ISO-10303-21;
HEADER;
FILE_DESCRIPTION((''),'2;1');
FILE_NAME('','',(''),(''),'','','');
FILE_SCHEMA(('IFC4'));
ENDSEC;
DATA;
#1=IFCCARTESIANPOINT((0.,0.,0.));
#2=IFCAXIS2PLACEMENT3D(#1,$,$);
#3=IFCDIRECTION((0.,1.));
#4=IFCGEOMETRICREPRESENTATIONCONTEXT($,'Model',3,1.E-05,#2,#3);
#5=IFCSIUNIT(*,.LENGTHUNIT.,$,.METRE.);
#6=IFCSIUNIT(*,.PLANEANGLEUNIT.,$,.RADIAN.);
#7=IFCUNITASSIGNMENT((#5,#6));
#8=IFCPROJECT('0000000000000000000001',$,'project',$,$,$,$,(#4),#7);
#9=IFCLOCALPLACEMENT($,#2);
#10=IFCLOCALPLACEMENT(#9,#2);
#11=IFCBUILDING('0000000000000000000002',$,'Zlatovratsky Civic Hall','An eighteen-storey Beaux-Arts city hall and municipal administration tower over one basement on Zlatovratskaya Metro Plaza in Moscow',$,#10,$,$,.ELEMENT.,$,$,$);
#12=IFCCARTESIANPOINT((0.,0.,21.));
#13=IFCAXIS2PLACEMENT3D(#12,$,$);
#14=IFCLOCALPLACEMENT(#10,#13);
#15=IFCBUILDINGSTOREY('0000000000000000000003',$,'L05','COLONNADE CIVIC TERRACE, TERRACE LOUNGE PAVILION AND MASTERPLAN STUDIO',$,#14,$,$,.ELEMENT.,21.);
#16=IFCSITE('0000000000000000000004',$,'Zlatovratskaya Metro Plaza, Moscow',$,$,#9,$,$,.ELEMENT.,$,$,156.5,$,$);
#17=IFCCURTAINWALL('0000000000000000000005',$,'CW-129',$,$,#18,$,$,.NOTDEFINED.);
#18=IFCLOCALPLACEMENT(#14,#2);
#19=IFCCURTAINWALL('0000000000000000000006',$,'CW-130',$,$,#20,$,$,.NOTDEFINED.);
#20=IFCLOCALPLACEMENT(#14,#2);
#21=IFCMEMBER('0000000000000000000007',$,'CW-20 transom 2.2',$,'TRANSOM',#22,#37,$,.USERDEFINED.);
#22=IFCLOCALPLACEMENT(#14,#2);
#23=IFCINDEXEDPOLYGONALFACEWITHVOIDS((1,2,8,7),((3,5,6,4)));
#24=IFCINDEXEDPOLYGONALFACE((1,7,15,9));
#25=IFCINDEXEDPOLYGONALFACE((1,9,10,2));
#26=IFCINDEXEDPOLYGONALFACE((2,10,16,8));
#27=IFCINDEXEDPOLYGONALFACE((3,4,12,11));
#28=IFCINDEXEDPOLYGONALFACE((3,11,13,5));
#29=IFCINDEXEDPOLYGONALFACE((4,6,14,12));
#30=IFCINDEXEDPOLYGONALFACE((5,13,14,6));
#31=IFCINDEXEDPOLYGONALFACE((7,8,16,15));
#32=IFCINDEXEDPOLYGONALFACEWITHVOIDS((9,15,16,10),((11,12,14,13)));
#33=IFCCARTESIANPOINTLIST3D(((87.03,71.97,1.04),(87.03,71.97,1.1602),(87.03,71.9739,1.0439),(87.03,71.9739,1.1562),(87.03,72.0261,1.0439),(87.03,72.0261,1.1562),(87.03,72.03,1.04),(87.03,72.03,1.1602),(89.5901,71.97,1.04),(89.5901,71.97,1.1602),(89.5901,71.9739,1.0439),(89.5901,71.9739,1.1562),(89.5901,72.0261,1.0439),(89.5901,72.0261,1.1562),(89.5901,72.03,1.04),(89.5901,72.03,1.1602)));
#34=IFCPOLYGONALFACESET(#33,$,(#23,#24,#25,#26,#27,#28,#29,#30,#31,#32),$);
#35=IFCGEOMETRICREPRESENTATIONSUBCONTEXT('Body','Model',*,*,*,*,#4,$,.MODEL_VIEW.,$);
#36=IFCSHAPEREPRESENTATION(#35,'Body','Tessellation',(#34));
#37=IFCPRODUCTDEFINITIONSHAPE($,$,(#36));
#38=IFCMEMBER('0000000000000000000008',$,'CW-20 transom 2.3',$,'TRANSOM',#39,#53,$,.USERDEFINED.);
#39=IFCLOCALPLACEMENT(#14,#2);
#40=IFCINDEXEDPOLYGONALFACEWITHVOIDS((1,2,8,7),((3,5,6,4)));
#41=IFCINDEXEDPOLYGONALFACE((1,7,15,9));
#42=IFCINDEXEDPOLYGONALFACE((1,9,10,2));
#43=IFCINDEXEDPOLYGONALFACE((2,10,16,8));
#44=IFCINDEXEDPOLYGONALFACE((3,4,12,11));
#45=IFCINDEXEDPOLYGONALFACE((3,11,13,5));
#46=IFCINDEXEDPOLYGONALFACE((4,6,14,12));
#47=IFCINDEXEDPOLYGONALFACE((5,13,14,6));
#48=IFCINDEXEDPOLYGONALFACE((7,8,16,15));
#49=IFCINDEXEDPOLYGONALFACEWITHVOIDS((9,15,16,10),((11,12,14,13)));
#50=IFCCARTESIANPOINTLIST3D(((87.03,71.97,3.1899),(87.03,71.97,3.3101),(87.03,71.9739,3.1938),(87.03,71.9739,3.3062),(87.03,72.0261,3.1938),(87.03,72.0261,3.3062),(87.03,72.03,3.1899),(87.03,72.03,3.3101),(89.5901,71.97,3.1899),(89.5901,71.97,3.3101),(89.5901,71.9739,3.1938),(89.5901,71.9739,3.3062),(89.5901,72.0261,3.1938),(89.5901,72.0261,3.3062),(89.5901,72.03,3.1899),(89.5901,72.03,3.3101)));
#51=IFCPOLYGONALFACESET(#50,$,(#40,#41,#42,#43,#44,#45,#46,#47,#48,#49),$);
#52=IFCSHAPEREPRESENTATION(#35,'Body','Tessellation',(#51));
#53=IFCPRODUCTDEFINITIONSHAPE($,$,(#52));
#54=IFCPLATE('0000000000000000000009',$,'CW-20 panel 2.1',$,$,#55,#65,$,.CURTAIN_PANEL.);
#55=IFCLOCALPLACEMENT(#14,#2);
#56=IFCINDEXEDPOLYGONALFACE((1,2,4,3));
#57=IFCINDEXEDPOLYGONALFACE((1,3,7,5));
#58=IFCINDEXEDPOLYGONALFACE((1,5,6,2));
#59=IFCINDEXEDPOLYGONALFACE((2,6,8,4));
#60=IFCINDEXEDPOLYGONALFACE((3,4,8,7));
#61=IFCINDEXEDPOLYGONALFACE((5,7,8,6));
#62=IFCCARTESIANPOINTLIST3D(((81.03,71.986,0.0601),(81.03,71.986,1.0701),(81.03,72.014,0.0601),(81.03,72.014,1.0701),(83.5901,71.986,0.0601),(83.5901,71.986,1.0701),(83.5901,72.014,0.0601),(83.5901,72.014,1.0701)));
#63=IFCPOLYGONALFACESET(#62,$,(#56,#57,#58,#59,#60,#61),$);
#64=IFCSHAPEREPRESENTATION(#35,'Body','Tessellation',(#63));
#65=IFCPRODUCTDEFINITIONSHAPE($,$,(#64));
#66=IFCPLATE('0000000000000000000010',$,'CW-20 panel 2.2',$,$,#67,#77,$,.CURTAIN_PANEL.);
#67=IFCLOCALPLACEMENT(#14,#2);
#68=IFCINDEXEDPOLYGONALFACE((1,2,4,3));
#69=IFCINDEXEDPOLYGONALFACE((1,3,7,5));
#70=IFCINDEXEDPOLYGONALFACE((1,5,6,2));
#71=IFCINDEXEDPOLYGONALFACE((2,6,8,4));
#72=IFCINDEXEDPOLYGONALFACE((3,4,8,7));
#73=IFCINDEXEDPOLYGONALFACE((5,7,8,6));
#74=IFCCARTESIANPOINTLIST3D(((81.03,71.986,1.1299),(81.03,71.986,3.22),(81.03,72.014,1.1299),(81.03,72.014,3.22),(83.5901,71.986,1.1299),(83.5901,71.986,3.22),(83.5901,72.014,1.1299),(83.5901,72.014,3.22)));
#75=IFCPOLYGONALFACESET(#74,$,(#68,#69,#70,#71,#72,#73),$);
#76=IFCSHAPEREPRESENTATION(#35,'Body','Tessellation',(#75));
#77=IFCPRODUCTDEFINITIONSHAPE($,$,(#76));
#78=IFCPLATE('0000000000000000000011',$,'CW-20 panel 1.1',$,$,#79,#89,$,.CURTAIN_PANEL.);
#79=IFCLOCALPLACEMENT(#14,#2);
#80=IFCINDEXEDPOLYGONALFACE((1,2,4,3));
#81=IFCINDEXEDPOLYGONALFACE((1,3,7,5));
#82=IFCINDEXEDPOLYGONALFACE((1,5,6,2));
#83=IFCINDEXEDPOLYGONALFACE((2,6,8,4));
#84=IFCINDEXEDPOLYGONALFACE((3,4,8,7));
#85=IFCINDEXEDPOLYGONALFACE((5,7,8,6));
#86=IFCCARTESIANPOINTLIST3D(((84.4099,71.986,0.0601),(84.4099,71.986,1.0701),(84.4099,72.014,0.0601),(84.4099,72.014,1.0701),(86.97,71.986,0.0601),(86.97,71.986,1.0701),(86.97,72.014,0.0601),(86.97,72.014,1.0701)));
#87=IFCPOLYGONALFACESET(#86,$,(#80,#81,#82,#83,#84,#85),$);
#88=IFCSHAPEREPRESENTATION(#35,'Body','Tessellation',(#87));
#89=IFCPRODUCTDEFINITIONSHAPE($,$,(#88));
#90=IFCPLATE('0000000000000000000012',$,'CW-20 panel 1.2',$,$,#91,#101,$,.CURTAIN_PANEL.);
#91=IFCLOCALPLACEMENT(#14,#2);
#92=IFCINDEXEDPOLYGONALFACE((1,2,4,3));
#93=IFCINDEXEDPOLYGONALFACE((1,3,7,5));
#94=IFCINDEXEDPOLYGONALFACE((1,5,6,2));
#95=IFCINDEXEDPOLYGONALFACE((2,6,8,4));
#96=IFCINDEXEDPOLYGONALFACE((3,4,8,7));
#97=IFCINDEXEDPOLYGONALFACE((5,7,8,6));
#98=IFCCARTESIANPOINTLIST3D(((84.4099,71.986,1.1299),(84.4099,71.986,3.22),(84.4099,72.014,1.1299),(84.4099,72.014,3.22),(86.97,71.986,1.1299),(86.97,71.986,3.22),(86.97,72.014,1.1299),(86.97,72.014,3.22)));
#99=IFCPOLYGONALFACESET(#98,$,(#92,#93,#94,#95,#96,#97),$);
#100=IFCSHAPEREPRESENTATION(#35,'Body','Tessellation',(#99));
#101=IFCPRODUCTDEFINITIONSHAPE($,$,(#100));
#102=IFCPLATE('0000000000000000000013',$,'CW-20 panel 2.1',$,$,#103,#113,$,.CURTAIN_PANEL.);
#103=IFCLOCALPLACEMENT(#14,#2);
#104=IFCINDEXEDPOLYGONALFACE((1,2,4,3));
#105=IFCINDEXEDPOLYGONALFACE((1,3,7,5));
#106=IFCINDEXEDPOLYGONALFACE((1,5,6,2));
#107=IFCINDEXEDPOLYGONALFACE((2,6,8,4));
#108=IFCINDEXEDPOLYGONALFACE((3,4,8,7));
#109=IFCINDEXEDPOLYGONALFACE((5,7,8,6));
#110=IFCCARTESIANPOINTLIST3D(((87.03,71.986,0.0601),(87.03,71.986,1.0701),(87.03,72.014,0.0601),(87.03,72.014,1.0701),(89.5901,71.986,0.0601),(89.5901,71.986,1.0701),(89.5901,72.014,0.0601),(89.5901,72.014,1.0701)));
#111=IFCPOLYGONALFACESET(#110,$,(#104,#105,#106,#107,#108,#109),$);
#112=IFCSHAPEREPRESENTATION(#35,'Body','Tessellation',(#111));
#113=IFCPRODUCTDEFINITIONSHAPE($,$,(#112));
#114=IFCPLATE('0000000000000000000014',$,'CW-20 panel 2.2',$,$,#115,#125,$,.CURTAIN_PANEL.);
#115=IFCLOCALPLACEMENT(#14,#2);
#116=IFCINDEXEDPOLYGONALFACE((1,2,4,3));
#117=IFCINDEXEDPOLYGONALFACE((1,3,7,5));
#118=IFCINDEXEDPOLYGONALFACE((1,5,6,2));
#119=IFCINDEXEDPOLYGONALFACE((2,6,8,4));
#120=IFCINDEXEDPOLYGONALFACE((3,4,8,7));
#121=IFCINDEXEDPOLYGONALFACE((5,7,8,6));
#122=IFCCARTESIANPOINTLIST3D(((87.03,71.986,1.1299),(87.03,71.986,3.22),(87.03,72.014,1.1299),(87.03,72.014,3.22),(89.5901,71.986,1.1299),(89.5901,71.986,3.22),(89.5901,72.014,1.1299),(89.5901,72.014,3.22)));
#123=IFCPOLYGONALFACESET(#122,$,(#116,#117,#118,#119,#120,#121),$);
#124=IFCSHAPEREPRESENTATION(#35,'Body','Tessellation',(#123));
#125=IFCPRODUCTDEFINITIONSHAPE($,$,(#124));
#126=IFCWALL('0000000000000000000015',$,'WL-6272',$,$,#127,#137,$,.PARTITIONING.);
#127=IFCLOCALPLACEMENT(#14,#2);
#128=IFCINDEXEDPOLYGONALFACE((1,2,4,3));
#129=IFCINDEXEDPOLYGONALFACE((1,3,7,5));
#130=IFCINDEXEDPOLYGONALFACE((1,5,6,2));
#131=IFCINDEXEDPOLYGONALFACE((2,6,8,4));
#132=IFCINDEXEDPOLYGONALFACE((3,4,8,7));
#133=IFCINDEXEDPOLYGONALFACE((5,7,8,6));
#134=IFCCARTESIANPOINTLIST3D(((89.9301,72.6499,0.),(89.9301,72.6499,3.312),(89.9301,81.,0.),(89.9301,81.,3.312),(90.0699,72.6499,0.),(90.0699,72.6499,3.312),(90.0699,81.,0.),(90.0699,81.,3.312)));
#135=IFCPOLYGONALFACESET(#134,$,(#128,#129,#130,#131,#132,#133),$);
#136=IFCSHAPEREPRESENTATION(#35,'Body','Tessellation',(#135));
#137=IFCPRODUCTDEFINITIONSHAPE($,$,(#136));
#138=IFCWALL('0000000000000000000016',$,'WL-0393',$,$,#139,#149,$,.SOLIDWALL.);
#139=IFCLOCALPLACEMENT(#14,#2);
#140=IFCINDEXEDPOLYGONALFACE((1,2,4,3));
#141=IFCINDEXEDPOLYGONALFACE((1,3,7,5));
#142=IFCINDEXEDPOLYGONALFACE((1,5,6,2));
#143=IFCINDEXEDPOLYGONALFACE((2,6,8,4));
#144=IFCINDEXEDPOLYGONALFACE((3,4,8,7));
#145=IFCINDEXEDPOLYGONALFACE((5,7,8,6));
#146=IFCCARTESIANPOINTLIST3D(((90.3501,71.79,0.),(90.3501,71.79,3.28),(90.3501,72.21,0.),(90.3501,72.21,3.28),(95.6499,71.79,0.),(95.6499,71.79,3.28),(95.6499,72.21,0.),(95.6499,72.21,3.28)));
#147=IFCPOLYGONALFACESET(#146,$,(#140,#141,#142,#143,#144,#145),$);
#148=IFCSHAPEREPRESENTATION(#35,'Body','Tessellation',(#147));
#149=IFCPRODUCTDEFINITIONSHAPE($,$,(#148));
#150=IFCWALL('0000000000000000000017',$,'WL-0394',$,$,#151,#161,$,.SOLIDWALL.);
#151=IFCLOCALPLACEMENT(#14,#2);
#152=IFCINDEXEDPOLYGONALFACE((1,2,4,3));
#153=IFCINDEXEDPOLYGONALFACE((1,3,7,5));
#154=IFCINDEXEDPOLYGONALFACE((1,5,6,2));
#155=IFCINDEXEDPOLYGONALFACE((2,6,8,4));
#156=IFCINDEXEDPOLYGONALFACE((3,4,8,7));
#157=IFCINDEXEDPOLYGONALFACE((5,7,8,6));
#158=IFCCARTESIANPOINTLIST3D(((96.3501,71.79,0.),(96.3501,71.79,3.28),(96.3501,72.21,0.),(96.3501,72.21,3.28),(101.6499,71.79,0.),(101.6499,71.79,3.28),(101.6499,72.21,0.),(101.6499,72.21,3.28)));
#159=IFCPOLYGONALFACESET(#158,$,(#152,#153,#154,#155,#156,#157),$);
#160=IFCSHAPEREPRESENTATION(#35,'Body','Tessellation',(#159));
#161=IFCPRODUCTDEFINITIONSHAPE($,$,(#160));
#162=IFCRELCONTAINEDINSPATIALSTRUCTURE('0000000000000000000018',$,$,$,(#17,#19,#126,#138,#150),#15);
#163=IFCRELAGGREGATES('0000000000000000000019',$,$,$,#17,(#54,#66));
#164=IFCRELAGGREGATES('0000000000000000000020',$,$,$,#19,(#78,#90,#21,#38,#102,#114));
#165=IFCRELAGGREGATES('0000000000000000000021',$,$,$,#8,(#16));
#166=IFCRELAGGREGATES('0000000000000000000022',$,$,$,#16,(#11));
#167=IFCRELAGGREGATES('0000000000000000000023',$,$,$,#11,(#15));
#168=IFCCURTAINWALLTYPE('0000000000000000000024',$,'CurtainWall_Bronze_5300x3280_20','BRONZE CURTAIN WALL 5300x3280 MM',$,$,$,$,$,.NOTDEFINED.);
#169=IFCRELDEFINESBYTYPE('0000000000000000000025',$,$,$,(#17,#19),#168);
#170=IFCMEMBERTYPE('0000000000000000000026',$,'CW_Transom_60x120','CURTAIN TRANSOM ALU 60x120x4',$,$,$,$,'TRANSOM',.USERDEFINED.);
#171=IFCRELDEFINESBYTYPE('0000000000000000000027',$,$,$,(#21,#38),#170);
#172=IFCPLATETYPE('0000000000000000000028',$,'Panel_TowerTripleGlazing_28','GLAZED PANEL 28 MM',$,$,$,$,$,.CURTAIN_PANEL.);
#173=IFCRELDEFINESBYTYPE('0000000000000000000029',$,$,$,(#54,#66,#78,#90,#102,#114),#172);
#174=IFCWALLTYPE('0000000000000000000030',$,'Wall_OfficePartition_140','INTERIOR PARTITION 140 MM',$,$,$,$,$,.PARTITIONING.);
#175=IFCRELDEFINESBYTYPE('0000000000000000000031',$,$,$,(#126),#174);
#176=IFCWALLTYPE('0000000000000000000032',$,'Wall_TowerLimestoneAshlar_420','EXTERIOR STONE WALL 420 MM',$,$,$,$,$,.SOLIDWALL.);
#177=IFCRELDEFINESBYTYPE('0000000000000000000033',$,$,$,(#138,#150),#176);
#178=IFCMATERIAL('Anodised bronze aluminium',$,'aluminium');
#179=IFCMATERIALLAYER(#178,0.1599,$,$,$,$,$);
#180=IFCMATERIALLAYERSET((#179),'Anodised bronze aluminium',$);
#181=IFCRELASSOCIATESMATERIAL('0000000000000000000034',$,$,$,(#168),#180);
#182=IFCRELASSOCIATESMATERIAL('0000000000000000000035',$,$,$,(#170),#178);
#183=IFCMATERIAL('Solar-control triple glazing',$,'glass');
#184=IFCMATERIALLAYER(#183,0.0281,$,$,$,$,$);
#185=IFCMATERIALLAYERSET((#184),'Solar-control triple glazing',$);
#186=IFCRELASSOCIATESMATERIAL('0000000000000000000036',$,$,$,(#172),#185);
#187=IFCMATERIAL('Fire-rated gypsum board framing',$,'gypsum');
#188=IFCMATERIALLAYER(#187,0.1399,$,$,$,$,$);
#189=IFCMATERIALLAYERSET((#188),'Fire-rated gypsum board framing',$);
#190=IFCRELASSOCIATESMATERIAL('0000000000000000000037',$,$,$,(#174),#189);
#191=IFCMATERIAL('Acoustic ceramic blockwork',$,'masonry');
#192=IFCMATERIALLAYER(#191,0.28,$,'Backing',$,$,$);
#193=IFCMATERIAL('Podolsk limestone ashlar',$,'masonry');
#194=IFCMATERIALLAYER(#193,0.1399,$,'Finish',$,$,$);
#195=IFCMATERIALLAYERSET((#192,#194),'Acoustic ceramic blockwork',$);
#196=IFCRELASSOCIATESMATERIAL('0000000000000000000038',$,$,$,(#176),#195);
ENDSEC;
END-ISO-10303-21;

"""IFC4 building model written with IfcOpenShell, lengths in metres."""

from ifc_helpers import new_model, si_unit, direction, frame, frame_2d, origin, origin_2d, place, context, subcontext, project, spatial, rectangle, hollow_rectangle, extrude, material, layer, layer_set, material_profile, profile_set, type_object, element, aggregate, save


model = new_model("IFC4")

# Units and contexts
model_context = context("Model", 3, precision=1e-05, world=origin(), true_north=direction((0.0, 1.0)))
body_context = subcontext(model_context, "Body", "Model", "MODEL_VIEW")
ifc_project = project(units=[si_unit("LENGTHUNIT", "METRE"), si_unit("PLANEANGLEUNIT", "RADIAN")], contexts=[model_context])

# Site, building, storey
site_placement = place(None, origin())
site = spatial("IfcSite", under=ifc_project, at=site_placement, Name="Zlatovratskaya Metro Plaza, Moscow", CompositionType="ELEMENT", RefElevation=156.5)
building_placement = place(site_placement, origin())
building = spatial("IfcBuilding", under=site, at=building_placement, Name="Zlatovratsky Civic Hall", Description="An eighteen-storey Beaux-Arts city hall and municipal administration tower over one basement on Zlatovratskaya Metro Plaza in Moscow", CompositionType="ELEMENT")
storey_placement = place(building_placement, frame((0.0, 0.0, 21.0)))
storey = spatial("IfcBuildingStorey", under=building, at=storey_placement, Name="L05", Description="COLONNADE CIVIC TERRACE, TERRACE LOUNGE PAVILION AND MASTERPLAN STUDIO", CompositionType="ELEMENT", Elevation=21.0)

# Curtain wall
ifc_material_1 = material(Name="Anodised bronze aluminium", Category="aluminium")
ifc_layer_1 = layer(ifc_material_1, 0.1599)
ifc_layer_set_1 = layer_set([ifc_layer_1], Name="Anodised bronze aluminium")
curtain_wall_type = type_object("IfcCurtainWallType", Name="CurtainWall_Bronze_5300x3280_20", Description="BRONZE CURTAIN WALL 5300x3280 MM", PredefinedType="NOTDEFINED", material=ifc_layer_set_1)
curtain_wall_1_placement = place(storey_placement, origin())
curtain_wall_1 = element("IfcCurtainWall", 1, at=curtain_wall_1_placement, inside=storey, type_object=curtain_wall_type, Name="CW-129", PredefinedType="NOTDEFINED")

# Curtain wall, members
curtain_wall_2_placement = place(storey_placement, origin())
curtain_wall_2 = element("IfcCurtainWall", 2, at=curtain_wall_2_placement, inside=storey, type_object=curtain_wall_type, Name="CW-130", PredefinedType="NOTDEFINED")
ifc_material_profile_1 = material_profile(ifc_material_1, hollow_rectangle(XDim=0.0601, YDim=0.1201, WallThickness=0.0039, at=origin_2d()), Name="ALU 60x120x4")
ifc_profile_set_1 = profile_set([ifc_material_profile_1], Name="Anodised bronze aluminium")
member_type_1 = type_object("IfcMemberType", Name="CW_Transom_60x120", Description="CURTAIN TRANSOM ALU 60x120x4", ElementType="TRANSOM", PredefinedType="USERDEFINED", material=ifc_profile_set_1)
member_1_placement = place(storey_placement, frame((87.03, 72.0, 1.1001), z_axis=(1.0, 0.0, 0.0), x_axis=(0.0, 1.0, 0.0)))
member_1 = element("IfcMember", 3, at=member_1_placement, type_object=member_type_1, Name="CW-20 transom 2.2", ObjectType="TRANSOM", PredefinedType="USERDEFINED", context=body_context, shape_type="SweptSolid", body=[
    extrude(hollow_rectangle(XDim=0.0601, YDim=0.1201, WallThickness=0.0039, at=origin_2d()), origin(), (0.0, 0.0, 1.0), 2.5601),
])
member_2_placement = place(storey_placement, frame((87.03, 72.0, 3.25), z_axis=(1.0, 0.0, 0.0), x_axis=(0.0, 1.0, 0.0)))
member_2 = element("IfcMember", 4, at=member_2_placement, type_object=member_type_1, Name="CW-20 transom 2.3", ObjectType="TRANSOM", PredefinedType="USERDEFINED", context=body_context, shape_type="SweptSolid", body=[
    extrude(hollow_rectangle(XDim=0.0601, YDim=0.1201, WallThickness=0.0039, at=origin_2d()), origin(), (0.0, 0.0, 1.0), 2.5601),
])

# Plates
ifc_material_2 = material(Name="Solar-control triple glazing", Category="glass")
ifc_layer_2 = layer(ifc_material_2, 0.0281)
ifc_layer_set_2 = layer_set([ifc_layer_2], Name="Solar-control triple glazing")
plate_type = type_object("IfcPlateType", Name="Panel_TowerTripleGlazing_28", Description="GLAZED PANEL 28 MM", PredefinedType="CURTAIN_PANEL", material=ifc_layer_set_2)
plate_1_placement = place(storey_placement, frame((82.3101, 72.0, 0.0601), z_axis=(0.0, 0.0, 1.0), x_axis=(1.0, 0.0, 0.0)))
plate_1 = element("IfcPlate", 5, at=plate_1_placement, type_object=plate_type, Name="CW-20 panel 2.1", PredefinedType="CURTAIN_PANEL", context=body_context, shape_type="SweptSolid", body=[
    extrude(rectangle(XDim=2.5601, YDim=0.0281, at=origin_2d()), origin(), (0.0, 0.0, 1.0), 1.01),
])
plate_2_placement = place(storey_placement, frame((82.3101, 72.0, 1.1299), z_axis=(0.0, 0.0, 1.0), x_axis=(1.0, 0.0, 0.0)))
plate_2 = element("IfcPlate", 6, at=plate_2_placement, type_object=plate_type, Name="CW-20 panel 2.2", PredefinedType="CURTAIN_PANEL", context=body_context, shape_type="SweptSolid", body=[
    extrude(rectangle(XDim=2.5601, YDim=0.0281, at=origin_2d()), origin(), (0.0, 0.0, 1.0), 2.0901),
])
aggregate(curtain_wall_1, [plate_1, plate_2])
plate_3_placement = place(storey_placement, frame((85.6899, 72.0, 0.0601), z_axis=(0.0, 0.0, 1.0), x_axis=(1.0, 0.0, 0.0)))
plate_3 = element("IfcPlate", 7, at=plate_3_placement, type_object=plate_type, Name="CW-20 panel 1.1", PredefinedType="CURTAIN_PANEL", context=body_context, shape_type="SweptSolid", body=[
    extrude(rectangle(XDim=2.5601, YDim=0.0281, at=origin_2d()), origin(), (0.0, 0.0, 1.0), 1.01),
])
plate_4_placement = place(storey_placement, frame((85.6899, 72.0, 1.1299), z_axis=(0.0, 0.0, 1.0), x_axis=(1.0, 0.0, 0.0)))
plate_4 = element("IfcPlate", 8, at=plate_4_placement, type_object=plate_type, Name="CW-20 panel 1.2", PredefinedType="CURTAIN_PANEL", context=body_context, shape_type="SweptSolid", body=[
    extrude(rectangle(XDim=2.5601, YDim=0.0281, at=origin_2d()), origin(), (0.0, 0.0, 1.0), 2.0901),
])
plate_5_placement = place(storey_placement, frame((88.3101, 72.0, 0.0601), z_axis=(0.0, 0.0, 1.0), x_axis=(1.0, 0.0, 0.0)))
plate_5 = element("IfcPlate", 9, at=plate_5_placement, type_object=plate_type, Name="CW-20 panel 2.1", PredefinedType="CURTAIN_PANEL", context=body_context, shape_type="SweptSolid", body=[
    extrude(rectangle(XDim=2.5601, YDim=0.0281, at=origin_2d()), origin(), (0.0, 0.0, 1.0), 1.01),
])
plate_6_placement = place(storey_placement, frame((88.3101, 72.0, 1.1299), z_axis=(0.0, 0.0, 1.0), x_axis=(1.0, 0.0, 0.0)))
plate_6 = element("IfcPlate", 10, at=plate_6_placement, type_object=plate_type, Name="CW-20 panel 2.2", PredefinedType="CURTAIN_PANEL", context=body_context, shape_type="SweptSolid", body=[
    extrude(rectangle(XDim=2.5601, YDim=0.0281, at=origin_2d()), origin(), (0.0, 0.0, 1.0), 2.0901),
])
aggregate(curtain_wall_2, [plate_3, plate_4, member_1, member_2, plate_5, plate_6])

# Walls
ifc_material_3 = material(Name="Fire-rated gypsum board framing", Category="gypsum")
ifc_layer_3 = layer(ifc_material_3, 0.1399)
ifc_layer_set_3 = layer_set([ifc_layer_3], Name="Fire-rated gypsum board framing")
wall_type_1 = type_object("IfcWallType", Name="Wall_OfficePartition_140", Description="INTERIOR PARTITION 140 MM", PredefinedType="PARTITIONING", material=ifc_layer_set_3)
wall_placement = place(storey_placement, frame((90.0, 72.6499, 0.0), z_axis=(0.0, 0.0, 1.0), x_axis=(0.0, 1.0, 0.0)))
element("IfcWall", 11, at=wall_placement, inside=storey, type_object=wall_type_1, Name="WL-6272", PredefinedType="PARTITIONING", context=body_context, shape_type="SweptSolid", body=[
    extrude(rectangle(XDim=8.3501, YDim=0.1399, at=frame_2d((4.175, 0.0))), origin(), (0.0, 0.0, 1.0), 3.312),
])
ifc_material_4 = material(Name="Acoustic ceramic blockwork", Category="masonry")
ifc_layer_4 = layer(ifc_material_4, 0.28, Name="Backing")
ifc_material_5 = material(Name="Podolsk limestone ashlar", Category="masonry")
ifc_layer_5 = layer(ifc_material_5, 0.1399, Name="Finish")
ifc_layer_set_4 = layer_set([ifc_layer_4, ifc_layer_5], Name="Acoustic ceramic blockwork")
wall_type_2 = type_object("IfcWallType", Name="Wall_TowerLimestoneAshlar_420", Description="EXTERIOR STONE WALL 420 MM", PredefinedType="SOLIDWALL", material=ifc_layer_set_4)
for number, where, z_axis, x_axis, name in (
    (12, (90.3501, 72.0, 0.0), (0.0, 0.0, 1.0), (1.0, 0.0, 0.0), "WL-0393"),
    (13, (96.3501, 72.0, 0.0), (0.0, 0.0, 1.0), (1.0, 0.0, 0.0), "WL-0394"),
):
    element("IfcWall", number, at=place(storey_placement, frame(where, z_axis=z_axis, x_axis=x_axis)), inside=storey, type_object=wall_type_2, Name=name, PredefinedType="SOLIDWALL", context=body_context, shape_type="SweptSolid", body=[
        extrude(rectangle(XDim=5.2998, YDim=0.4199, at=frame_2d((2.6499, 0.0))), origin(), (0.0, 0.0, 1.0), 3.28),
    ])

save(model, "model.ifc")
